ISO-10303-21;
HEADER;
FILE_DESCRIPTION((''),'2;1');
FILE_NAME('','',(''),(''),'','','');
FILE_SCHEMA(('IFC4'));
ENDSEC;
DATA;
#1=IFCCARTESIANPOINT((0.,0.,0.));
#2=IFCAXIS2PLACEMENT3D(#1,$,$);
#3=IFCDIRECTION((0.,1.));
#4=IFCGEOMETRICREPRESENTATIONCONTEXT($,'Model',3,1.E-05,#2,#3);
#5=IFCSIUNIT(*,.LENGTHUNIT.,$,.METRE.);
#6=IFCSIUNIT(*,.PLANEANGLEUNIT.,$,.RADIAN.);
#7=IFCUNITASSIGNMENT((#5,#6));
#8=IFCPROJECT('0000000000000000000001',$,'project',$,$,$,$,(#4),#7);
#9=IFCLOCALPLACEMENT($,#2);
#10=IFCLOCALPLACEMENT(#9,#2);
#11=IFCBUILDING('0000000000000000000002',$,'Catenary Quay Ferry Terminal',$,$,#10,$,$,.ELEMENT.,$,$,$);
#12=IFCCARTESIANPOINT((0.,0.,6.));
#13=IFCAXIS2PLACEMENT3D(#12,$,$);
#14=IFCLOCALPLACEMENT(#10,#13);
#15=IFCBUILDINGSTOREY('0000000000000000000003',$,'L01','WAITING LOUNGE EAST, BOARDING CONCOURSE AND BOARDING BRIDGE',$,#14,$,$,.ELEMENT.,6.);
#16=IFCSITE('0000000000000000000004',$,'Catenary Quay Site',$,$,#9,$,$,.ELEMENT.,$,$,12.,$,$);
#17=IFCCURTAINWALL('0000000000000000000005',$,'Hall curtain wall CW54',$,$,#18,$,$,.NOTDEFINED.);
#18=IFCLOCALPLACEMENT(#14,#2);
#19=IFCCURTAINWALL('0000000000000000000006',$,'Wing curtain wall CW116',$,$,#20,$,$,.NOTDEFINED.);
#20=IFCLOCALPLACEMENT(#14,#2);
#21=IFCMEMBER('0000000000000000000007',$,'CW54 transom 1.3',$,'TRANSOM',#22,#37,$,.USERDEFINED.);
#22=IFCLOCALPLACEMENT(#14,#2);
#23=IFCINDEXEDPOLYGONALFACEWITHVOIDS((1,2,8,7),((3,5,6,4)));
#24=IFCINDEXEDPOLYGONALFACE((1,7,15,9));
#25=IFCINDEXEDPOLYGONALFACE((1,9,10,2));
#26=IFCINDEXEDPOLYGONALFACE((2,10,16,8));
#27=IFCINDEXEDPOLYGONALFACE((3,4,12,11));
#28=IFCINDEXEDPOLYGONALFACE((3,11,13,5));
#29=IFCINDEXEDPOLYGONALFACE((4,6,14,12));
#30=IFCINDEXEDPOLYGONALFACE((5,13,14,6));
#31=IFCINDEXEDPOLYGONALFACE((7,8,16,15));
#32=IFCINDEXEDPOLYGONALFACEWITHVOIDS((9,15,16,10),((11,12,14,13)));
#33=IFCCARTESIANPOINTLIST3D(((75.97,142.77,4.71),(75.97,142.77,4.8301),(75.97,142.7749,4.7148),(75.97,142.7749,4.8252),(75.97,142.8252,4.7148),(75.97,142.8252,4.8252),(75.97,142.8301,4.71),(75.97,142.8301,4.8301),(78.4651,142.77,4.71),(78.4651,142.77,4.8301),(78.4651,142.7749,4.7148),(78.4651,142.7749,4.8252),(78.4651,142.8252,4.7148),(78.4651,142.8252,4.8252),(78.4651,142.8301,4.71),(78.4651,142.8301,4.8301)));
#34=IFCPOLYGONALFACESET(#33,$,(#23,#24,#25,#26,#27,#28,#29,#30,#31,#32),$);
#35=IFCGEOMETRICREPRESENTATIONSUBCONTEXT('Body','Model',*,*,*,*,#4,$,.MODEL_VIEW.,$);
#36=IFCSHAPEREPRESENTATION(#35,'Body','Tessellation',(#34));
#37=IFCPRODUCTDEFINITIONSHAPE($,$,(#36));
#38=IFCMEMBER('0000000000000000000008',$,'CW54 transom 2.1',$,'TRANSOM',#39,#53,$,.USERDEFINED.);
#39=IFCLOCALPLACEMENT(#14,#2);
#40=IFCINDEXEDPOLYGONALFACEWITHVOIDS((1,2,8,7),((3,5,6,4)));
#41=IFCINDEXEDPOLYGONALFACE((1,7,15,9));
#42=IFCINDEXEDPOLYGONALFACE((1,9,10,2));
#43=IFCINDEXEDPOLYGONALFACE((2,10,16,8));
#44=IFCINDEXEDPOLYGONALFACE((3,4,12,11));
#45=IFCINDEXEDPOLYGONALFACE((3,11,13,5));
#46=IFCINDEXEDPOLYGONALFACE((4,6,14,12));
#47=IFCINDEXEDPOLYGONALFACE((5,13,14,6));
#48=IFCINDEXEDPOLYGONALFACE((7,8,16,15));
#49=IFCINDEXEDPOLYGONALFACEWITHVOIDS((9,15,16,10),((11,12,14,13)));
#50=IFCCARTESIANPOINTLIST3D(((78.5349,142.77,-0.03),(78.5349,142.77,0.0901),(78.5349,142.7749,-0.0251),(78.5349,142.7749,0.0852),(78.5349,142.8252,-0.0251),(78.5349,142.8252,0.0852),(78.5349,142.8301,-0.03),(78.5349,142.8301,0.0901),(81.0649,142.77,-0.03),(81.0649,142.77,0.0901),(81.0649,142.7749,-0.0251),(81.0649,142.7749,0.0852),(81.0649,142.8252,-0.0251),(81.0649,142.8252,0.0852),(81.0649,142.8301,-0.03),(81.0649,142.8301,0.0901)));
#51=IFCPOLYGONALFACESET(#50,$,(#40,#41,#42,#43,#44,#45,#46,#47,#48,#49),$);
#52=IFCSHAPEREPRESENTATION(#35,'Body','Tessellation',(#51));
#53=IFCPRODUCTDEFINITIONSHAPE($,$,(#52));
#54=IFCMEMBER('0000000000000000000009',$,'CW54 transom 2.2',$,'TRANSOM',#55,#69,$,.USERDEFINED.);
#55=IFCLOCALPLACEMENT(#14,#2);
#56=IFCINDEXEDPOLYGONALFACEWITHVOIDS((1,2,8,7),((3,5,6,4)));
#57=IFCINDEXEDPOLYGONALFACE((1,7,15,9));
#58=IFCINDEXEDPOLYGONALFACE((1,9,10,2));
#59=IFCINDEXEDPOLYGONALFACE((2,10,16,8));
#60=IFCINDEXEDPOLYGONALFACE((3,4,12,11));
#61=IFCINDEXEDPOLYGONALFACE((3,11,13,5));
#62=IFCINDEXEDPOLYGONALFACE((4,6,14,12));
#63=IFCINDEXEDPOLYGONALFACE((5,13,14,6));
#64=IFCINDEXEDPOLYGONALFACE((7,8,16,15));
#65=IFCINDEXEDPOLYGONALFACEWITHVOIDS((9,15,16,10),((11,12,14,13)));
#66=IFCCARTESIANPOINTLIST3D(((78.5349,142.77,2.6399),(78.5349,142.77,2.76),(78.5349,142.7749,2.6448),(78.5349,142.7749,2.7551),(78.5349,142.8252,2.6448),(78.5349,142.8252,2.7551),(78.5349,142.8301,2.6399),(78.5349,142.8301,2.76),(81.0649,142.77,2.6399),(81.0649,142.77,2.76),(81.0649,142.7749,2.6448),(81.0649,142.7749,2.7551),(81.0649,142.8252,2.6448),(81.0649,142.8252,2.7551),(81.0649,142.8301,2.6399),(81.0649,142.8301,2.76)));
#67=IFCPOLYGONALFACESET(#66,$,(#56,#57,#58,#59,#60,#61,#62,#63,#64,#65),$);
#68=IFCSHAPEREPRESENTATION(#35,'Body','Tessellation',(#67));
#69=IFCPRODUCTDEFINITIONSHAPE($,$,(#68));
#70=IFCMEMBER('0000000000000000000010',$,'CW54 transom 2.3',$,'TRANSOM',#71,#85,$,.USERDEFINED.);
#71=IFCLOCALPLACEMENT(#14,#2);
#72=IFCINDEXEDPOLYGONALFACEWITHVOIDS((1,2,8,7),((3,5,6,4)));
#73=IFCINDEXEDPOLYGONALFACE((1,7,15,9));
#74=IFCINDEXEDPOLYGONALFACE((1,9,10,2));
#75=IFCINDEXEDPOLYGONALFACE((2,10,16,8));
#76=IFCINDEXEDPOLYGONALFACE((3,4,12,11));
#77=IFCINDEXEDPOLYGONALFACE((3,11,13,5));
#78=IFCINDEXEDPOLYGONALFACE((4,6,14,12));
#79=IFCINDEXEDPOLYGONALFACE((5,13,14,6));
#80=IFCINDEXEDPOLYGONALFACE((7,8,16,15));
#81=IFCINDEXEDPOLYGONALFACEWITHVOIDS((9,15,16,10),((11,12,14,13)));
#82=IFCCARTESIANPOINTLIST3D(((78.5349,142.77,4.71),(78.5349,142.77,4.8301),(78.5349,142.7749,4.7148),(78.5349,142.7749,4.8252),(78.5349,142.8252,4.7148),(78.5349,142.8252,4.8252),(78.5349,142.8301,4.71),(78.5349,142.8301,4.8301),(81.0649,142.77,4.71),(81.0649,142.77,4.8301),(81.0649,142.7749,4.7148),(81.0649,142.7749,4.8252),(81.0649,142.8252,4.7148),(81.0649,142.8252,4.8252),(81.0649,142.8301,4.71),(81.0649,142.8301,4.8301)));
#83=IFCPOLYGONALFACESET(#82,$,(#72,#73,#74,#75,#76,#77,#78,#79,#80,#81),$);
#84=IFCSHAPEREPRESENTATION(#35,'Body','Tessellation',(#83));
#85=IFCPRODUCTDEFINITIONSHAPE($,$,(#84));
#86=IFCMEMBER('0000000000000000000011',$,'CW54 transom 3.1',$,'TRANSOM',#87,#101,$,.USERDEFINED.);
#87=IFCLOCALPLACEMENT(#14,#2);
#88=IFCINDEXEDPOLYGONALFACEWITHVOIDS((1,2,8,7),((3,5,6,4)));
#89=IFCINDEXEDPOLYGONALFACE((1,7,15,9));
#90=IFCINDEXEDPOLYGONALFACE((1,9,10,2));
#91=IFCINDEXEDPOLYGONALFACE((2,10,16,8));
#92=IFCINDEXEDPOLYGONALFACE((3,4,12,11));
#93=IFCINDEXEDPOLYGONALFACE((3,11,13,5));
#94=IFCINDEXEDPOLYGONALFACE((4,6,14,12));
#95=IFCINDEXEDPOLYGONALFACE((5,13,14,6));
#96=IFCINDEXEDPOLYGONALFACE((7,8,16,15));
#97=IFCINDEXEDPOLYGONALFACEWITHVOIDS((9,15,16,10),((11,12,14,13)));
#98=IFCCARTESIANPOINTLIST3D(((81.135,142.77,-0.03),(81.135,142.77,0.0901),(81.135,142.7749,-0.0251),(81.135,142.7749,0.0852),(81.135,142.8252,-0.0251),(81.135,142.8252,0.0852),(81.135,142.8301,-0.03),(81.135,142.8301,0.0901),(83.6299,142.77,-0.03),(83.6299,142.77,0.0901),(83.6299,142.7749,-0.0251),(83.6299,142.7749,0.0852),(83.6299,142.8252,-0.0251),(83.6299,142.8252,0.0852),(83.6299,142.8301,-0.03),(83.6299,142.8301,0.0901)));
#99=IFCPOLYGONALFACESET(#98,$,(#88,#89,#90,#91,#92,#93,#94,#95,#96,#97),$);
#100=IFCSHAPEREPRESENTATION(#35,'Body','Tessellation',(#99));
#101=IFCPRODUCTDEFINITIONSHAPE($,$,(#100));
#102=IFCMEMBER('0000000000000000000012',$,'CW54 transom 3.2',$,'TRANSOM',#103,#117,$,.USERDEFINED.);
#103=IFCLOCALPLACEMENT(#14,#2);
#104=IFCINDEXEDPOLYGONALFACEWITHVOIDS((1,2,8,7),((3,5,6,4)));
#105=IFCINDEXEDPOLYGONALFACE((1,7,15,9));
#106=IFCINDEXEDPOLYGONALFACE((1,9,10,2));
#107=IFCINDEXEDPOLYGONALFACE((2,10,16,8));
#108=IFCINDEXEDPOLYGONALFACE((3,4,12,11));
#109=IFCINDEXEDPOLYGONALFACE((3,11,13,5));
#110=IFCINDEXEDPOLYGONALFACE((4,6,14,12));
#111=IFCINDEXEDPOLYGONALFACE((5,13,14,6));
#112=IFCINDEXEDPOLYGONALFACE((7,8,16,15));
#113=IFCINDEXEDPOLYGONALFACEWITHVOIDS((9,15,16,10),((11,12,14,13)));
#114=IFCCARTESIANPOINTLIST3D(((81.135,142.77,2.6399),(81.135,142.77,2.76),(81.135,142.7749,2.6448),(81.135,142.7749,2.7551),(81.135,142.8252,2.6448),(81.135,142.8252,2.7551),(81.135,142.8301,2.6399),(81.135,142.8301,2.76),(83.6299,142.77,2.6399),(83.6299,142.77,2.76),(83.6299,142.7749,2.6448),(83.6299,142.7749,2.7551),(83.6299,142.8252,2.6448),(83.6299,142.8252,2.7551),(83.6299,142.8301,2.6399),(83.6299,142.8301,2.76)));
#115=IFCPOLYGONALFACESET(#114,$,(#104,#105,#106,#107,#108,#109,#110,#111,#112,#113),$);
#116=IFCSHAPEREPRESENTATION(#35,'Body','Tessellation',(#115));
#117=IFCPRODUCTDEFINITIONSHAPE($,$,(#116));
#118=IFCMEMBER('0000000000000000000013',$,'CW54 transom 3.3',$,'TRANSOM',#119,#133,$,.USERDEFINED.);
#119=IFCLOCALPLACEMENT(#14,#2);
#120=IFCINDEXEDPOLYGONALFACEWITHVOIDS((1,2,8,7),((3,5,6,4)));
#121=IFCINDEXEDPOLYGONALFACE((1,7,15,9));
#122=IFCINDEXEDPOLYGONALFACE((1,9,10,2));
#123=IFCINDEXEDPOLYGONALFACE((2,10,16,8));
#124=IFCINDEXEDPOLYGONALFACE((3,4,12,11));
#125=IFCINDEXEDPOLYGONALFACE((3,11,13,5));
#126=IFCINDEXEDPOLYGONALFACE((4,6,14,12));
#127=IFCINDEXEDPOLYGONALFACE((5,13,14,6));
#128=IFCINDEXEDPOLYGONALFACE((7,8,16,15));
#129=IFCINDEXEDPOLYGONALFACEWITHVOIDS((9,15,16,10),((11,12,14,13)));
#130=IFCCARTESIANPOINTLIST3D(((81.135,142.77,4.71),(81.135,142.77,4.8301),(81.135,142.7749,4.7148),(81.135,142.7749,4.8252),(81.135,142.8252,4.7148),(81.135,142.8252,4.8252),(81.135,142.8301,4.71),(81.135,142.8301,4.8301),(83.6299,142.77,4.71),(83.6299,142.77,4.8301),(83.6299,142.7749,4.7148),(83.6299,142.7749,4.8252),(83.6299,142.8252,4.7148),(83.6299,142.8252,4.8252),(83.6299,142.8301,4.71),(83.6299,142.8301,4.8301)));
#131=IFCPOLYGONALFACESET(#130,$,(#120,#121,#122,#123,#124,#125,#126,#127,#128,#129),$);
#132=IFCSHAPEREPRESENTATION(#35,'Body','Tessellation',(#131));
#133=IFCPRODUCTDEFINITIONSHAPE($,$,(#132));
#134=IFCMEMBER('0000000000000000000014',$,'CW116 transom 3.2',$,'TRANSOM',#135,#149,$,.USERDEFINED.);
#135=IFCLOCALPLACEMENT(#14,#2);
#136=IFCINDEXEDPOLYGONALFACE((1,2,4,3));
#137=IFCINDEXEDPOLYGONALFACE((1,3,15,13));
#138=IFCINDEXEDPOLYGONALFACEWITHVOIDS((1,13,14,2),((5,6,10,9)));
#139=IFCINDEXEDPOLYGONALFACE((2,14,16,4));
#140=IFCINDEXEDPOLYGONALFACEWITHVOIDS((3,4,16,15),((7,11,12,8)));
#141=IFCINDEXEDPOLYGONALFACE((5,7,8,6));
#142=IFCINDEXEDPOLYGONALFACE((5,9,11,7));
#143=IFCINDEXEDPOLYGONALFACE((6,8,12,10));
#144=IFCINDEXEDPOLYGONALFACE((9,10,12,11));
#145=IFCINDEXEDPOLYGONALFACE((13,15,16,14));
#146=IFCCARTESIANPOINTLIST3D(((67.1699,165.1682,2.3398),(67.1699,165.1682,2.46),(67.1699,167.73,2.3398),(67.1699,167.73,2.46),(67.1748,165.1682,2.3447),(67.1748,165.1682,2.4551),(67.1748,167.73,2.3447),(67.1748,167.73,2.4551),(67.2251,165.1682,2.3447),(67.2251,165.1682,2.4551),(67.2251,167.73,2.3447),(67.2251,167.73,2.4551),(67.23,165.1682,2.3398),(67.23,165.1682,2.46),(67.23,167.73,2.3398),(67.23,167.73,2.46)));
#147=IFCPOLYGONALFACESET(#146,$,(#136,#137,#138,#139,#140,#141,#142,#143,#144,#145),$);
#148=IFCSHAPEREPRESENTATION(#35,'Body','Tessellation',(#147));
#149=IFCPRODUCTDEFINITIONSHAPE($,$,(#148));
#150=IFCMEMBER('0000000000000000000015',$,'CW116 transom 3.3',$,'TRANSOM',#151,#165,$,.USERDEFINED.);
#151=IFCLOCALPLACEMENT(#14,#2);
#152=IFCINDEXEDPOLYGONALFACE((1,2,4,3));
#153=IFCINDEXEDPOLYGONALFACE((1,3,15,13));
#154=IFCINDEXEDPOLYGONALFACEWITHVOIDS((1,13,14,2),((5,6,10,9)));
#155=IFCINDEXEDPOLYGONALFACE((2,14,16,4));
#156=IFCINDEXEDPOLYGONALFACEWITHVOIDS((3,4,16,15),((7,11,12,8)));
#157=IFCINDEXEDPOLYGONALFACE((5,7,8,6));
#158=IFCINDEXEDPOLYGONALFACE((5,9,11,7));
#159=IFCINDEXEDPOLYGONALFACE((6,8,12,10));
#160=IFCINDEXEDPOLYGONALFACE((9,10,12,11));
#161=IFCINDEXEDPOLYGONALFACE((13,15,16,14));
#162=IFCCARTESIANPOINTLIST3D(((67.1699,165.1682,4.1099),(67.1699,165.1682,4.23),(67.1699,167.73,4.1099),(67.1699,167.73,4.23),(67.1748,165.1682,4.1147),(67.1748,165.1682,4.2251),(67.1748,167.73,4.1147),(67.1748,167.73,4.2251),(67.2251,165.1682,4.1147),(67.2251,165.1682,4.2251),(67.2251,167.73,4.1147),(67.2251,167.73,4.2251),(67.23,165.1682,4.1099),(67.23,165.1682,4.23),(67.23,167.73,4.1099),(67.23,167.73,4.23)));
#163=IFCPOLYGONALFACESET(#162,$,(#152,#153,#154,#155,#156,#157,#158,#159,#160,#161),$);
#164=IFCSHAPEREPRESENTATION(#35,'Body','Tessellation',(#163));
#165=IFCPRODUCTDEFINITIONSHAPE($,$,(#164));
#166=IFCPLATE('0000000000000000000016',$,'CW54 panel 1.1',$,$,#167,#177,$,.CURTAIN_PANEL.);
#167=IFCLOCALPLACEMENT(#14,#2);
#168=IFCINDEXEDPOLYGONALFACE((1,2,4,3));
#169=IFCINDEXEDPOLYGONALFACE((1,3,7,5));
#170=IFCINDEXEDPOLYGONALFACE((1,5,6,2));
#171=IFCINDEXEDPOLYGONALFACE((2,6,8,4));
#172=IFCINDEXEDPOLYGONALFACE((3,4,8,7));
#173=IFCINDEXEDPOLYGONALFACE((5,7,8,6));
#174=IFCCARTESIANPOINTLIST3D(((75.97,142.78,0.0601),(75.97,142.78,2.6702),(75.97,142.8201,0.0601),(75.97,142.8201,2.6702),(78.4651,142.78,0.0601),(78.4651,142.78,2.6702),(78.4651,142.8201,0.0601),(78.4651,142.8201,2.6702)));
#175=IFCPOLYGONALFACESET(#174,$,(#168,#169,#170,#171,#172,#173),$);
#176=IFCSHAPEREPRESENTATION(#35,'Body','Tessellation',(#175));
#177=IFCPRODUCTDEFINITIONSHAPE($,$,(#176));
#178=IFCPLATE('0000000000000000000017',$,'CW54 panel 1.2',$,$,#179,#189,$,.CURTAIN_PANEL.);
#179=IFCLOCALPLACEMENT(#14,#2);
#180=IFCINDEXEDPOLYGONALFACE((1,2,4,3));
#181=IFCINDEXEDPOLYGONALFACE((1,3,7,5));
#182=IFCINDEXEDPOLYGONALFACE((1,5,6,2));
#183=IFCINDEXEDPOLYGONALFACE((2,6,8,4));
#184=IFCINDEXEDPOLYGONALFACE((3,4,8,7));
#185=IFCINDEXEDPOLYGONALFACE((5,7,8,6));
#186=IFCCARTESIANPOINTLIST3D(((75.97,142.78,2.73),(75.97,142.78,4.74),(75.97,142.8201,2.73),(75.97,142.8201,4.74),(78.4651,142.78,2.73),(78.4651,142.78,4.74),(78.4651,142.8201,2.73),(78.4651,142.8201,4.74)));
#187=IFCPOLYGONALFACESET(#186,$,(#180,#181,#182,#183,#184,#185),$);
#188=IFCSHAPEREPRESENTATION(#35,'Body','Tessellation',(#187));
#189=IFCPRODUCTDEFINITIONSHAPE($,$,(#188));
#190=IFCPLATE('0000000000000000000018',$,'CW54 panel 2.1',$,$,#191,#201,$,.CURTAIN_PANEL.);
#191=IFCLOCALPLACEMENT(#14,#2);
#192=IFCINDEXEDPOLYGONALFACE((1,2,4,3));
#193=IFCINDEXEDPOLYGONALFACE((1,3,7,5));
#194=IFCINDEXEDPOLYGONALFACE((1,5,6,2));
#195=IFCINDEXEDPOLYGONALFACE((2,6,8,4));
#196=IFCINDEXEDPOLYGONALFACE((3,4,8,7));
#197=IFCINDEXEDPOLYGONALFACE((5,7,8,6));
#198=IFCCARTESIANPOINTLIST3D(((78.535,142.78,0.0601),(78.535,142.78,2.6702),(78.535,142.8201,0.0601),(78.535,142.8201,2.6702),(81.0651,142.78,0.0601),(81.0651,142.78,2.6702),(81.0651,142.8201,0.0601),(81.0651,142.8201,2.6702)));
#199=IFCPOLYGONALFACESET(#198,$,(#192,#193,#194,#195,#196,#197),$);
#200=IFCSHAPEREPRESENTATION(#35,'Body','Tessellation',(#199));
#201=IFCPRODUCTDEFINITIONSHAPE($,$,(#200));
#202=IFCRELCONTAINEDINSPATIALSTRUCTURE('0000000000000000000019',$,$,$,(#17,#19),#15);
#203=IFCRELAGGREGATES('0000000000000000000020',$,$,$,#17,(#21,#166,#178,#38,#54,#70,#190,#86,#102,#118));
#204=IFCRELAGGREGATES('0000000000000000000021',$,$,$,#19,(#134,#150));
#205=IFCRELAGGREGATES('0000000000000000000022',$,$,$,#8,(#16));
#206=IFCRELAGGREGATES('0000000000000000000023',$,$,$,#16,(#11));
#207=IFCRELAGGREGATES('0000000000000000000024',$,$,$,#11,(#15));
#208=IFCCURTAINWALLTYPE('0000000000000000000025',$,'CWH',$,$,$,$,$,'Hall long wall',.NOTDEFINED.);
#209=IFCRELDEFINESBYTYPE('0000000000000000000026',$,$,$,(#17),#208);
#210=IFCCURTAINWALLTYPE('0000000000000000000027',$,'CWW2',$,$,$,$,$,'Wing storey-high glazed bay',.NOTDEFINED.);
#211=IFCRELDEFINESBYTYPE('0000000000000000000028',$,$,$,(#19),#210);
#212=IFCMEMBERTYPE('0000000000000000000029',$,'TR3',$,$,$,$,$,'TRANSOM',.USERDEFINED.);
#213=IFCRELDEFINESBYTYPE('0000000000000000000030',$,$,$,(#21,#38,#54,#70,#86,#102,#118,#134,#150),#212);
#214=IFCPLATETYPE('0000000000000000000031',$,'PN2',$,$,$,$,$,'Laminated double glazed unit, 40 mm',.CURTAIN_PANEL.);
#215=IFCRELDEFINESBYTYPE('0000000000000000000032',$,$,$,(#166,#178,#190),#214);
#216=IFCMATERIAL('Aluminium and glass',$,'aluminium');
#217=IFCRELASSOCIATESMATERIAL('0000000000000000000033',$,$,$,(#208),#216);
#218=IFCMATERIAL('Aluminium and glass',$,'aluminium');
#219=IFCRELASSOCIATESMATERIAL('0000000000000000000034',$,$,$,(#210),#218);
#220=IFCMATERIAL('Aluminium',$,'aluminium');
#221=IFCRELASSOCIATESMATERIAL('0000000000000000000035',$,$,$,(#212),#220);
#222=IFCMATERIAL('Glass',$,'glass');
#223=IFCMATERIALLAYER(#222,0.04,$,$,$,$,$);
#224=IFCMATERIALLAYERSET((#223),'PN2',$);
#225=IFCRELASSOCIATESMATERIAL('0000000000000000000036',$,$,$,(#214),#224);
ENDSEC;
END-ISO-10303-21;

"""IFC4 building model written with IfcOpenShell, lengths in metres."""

from ifc_helpers import new_model, si_unit, direction, frame, origin, origin_2d, place, context, subcontext, project, spatial, rectangle, hollow_rectangle, extrude, material, layer, layer_set, material_profile, profile_set, type_object, element, aggregate, save


model = new_model("IFC4")

# Units and contexts
model_context = context("Model", 3, precision=1e-05, world=origin(), true_north=direction((0.0, 1.0)))
body_context = subcontext(model_context, "Body", "Model", "MODEL_VIEW")
ifc_project = project(units=[si_unit("LENGTHUNIT", "METRE"), si_unit("PLANEANGLEUNIT", "RADIAN")], contexts=[model_context])

# Site, building, storey
site_placement = place(None, origin())
site = spatial("IfcSite", under=ifc_project, at=site_placement, Name="Catenary Quay Site", CompositionType="ELEMENT", RefElevation=12.0)
building_placement = place(site_placement, origin())
building = spatial("IfcBuilding", under=site, at=building_placement, Name="Catenary Quay Ferry Terminal", CompositionType="ELEMENT")
storey_placement = place(building_placement, frame((0.0, 0.0, 6.0)))
storey = spatial("IfcBuildingStorey", under=building, at=storey_placement, Name="L01", Description="WAITING LOUNGE EAST, BOARDING CONCOURSE AND BOARDING BRIDGE", CompositionType="ELEMENT", Elevation=6.0)

# Curtain wall
ifc_material_1 = material(Name="Aluminium and glass", Category="aluminium")
curtain_wall_type_1 = type_object("IfcCurtainWallType", Name="CWH", ElementType="Hall long wall", PredefinedType="NOTDEFINED", material=ifc_material_1)
curtain_wall_1_placement = place(storey_placement, origin())
curtain_wall_1 = element("IfcCurtainWall", 1, at=curtain_wall_1_placement, inside=storey, type_object=curtain_wall_type_1, Name="Hall curtain wall CW54", PredefinedType="NOTDEFINED")

# Curtain wall
ifc_material_2 = material(Name="Aluminium and glass", Category="aluminium")
curtain_wall_type_2 = type_object("IfcCurtainWallType", Name="CWW2", ElementType="Wing storey-high glazed bay", PredefinedType="NOTDEFINED", material=ifc_material_2)
curtain_wall_2_placement = place(storey_placement, origin())
curtain_wall_2 = element("IfcCurtainWall", 2, at=curtain_wall_2_placement, inside=storey, type_object=curtain_wall_type_2, Name="Wing curtain wall CW116", PredefinedType="NOTDEFINED")

# Members
ifc_material_3 = material(Name="Aluminium", Category="aluminium")
ifc_material_profile_1 = material_profile(ifc_material_3, hollow_rectangle(XDim=0.0601, YDim=0.1201, WallThickness=0.0049, at=origin_2d()), Name="TR3")
ifc_profile_set_1 = profile_set([ifc_material_profile_1], Name="Aluminium")
member_type_1 = type_object("IfcMemberType", Name="TR3", ElementType="TRANSOM", PredefinedType="USERDEFINED", material=ifc_profile_set_1)
member_1_placement = place(storey_placement, frame((75.97, 142.8, 4.77), z_axis=(1.0, 0.0, 0.0), x_axis=(0.0, 1.0, 0.0)))
member_1 = element("IfcMember", 3, at=member_1_placement, type_object=member_type_1, Name="CW54 transom 1.3", ObjectType="TRANSOM", PredefinedType="USERDEFINED", context=body_context, shape_type="SweptSolid", body=[
    extrude(hollow_rectangle(XDim=0.0601, YDim=0.1201, WallThickness=0.0049, at=origin_2d()), origin(), (0.0, 0.0, 1.0), 2.4951),
])
member_2_placement = place(storey_placement, frame((78.5349, 142.8, 0.03), z_axis=(1.0, 0.0, 0.0), x_axis=(0.0, 1.0, 0.0)))
member_2 = element("IfcMember", 4, at=member_2_placement, type_object=member_type_1, Name="CW54 transom 2.1", ObjectType="TRANSOM", PredefinedType="USERDEFINED", context=body_context, shape_type="SweptSolid", body=[
    extrude(hollow_rectangle(XDim=0.0601, YDim=0.1201, WallThickness=0.0049, at=origin_2d()), origin(), (0.0, 0.0, 1.0), 2.53),
])
member_3_placement = place(storey_placement, frame((78.5349, 142.8, 2.7), z_axis=(1.0, 0.0, 0.0), x_axis=(0.0, 1.0, 0.0)))
member_3 = element("IfcMember", 5, at=member_3_placement, type_object=member_type_1, Name="CW54 transom 2.2", ObjectType="TRANSOM", PredefinedType="USERDEFINED", context=body_context, shape_type="SweptSolid", body=[
    extrude(hollow_rectangle(XDim=0.0601, YDim=0.1201, WallThickness=0.0049, at=origin_2d()), origin(), (0.0, 0.0, 1.0), 2.53),
])
member_4_placement = place(storey_placement, frame((78.5349, 142.8, 4.77), z_axis=(1.0, 0.0, 0.0), x_axis=(0.0, 1.0, 0.0)))
member_4 = element("IfcMember", 6, at=member_4_placement, type_object=member_type_1, Name="CW54 transom 2.3", ObjectType="TRANSOM", PredefinedType="USERDEFINED", context=body_context, shape_type="SweptSolid", body=[
    extrude(hollow_rectangle(XDim=0.0601, YDim=0.1201, WallThickness=0.0049, at=origin_2d()), origin(), (0.0, 0.0, 1.0), 2.53),
])
member_5_placement = place(storey_placement, frame((81.135, 142.8, 0.03), z_axis=(1.0, 0.0, 0.0), x_axis=(0.0, 1.0, 0.0)))
member_5 = element("IfcMember", 7, at=member_5_placement, type_object=member_type_1, Name="CW54 transom 3.1", ObjectType="TRANSOM", PredefinedType="USERDEFINED", context=body_context, shape_type="SweptSolid", body=[
    extrude(hollow_rectangle(XDim=0.0601, YDim=0.1201, WallThickness=0.0049, at=origin_2d()), origin(), (0.0, 0.0, 1.0), 2.4949),
])
member_6_placement = place(storey_placement, frame((81.135, 142.8, 2.7), z_axis=(1.0, 0.0, 0.0), x_axis=(0.0, 1.0, 0.0)))
member_6 = element("IfcMember", 8, at=member_6_placement, type_object=member_type_1, Name="CW54 transom 3.2", ObjectType="TRANSOM", PredefinedType="USERDEFINED", context=body_context, shape_type="SweptSolid", body=[
    extrude(hollow_rectangle(XDim=0.0601, YDim=0.1201, WallThickness=0.0049, at=origin_2d()), origin(), (0.0, 0.0, 1.0), 2.4949),
])
member_7_placement = place(storey_placement, frame((81.135, 142.8, 4.77), z_axis=(1.0, 0.0, 0.0), x_axis=(0.0, 1.0, 0.0)))
member_7 = element("IfcMember", 9, at=member_7_placement, type_object=member_type_1, Name="CW54 transom 3.3", ObjectType="TRANSOM", PredefinedType="USERDEFINED", context=body_context, shape_type="SweptSolid", body=[
    extrude(hollow_rectangle(XDim=0.0601, YDim=0.1201, WallThickness=0.0049, at=origin_2d()), origin(), (0.0, 0.0, 1.0), 2.4949),
])
member_8_placement = place(storey_placement, frame((67.2, 165.1682, 2.3999), z_axis=(0.0, 1.0, 0.0), x_axis=(-1.0, 0.0, 0.0)))
member_8 = element("IfcMember", 10, at=member_8_placement, type_object=member_type_1, Name="CW116 transom 3.2", ObjectType="TRANSOM", PredefinedType="USERDEFINED", context=body_context, shape_type="SweptSolid", body=[
    extrude(hollow_rectangle(XDim=0.0601, YDim=0.1201, WallThickness=0.0049, at=origin_2d()), origin(), (0.0, 0.0, 1.0), 2.5618),
])
member_9_placement = place(storey_placement, frame((67.2, 165.1682, 4.1699), z_axis=(0.0, 1.0, 0.0), x_axis=(-1.0, 0.0, 0.0)))
member_9 = element("IfcMember", 11, at=member_9_placement, type_object=member_type_1, Name="CW116 transom 3.3", ObjectType="TRANSOM", PredefinedType="USERDEFINED", context=body_context, shape_type="SweptSolid", body=[
    extrude(hollow_rectangle(XDim=0.0601, YDim=0.1201, WallThickness=0.0049, at=origin_2d()), origin(), (0.0, 0.0, 1.0), 2.5618),
])

# Plates
ifc_material_4 = material(Name="Glass", Category="glass")
ifc_layer_1 = layer(ifc_material_4, 0.04)
ifc_layer_set_1 = layer_set([ifc_layer_1], Name="PN2")
plate_type_1 = type_object("IfcPlateType", Name="PN2", ElementType="Laminated double glazed unit, 40 mm", PredefinedType="CURTAIN_PANEL", material=ifc_layer_set_1)
plate_1_placement = place(storey_placement, frame((77.2175, 142.8, 0.0601), z_axis=(0.0, 0.0, 1.0), x_axis=(1.0, 0.0, 0.0)))
plate_1 = element("IfcPlate", 12, at=plate_1_placement, type_object=plate_type_1, Name="CW54 panel 1.1", PredefinedType="CURTAIN_PANEL", context=body_context, shape_type="SweptSolid", body=[
    extrude(rectangle(XDim=2.4951, YDim=0.04, at=origin_2d()), origin(), (0.0, 0.0, 1.0), 2.6101),
])
plate_2_placement = place(storey_placement, frame((77.2175, 142.8, 2.73), z_axis=(0.0, 0.0, 1.0), x_axis=(1.0, 0.0, 0.0)))
plate_2 = element("IfcPlate", 13, at=plate_2_placement, type_object=plate_type_1, Name="CW54 panel 1.2", PredefinedType="CURTAIN_PANEL", context=body_context, shape_type="SweptSolid", body=[
    extrude(rectangle(XDim=2.4951, YDim=0.04, at=origin_2d()), origin(), (0.0, 0.0, 1.0), 2.01),
])
plate_3_placement = place(storey_placement, frame((79.8, 142.8, 0.0601), z_axis=(0.0, 0.0, 1.0), x_axis=(1.0, 0.0, 0.0)))
plate_3 = element("IfcPlate", 14, at=plate_3_placement, type_object=plate_type_1, Name="CW54 panel 2.1", PredefinedType="CURTAIN_PANEL", context=body_context, shape_type="SweptSolid", body=[
    extrude(rectangle(XDim=2.53, YDim=0.04, at=origin_2d()), origin(), (0.0, 0.0, 1.0), 2.6101),
])
aggregate(curtain_wall_1, [member_1, plate_1, plate_2, member_2, member_3, member_4, plate_3, member_5, member_6, member_7])
aggregate(curtain_wall_2, [member_8, member_9])

save(model, "model.ifc")
